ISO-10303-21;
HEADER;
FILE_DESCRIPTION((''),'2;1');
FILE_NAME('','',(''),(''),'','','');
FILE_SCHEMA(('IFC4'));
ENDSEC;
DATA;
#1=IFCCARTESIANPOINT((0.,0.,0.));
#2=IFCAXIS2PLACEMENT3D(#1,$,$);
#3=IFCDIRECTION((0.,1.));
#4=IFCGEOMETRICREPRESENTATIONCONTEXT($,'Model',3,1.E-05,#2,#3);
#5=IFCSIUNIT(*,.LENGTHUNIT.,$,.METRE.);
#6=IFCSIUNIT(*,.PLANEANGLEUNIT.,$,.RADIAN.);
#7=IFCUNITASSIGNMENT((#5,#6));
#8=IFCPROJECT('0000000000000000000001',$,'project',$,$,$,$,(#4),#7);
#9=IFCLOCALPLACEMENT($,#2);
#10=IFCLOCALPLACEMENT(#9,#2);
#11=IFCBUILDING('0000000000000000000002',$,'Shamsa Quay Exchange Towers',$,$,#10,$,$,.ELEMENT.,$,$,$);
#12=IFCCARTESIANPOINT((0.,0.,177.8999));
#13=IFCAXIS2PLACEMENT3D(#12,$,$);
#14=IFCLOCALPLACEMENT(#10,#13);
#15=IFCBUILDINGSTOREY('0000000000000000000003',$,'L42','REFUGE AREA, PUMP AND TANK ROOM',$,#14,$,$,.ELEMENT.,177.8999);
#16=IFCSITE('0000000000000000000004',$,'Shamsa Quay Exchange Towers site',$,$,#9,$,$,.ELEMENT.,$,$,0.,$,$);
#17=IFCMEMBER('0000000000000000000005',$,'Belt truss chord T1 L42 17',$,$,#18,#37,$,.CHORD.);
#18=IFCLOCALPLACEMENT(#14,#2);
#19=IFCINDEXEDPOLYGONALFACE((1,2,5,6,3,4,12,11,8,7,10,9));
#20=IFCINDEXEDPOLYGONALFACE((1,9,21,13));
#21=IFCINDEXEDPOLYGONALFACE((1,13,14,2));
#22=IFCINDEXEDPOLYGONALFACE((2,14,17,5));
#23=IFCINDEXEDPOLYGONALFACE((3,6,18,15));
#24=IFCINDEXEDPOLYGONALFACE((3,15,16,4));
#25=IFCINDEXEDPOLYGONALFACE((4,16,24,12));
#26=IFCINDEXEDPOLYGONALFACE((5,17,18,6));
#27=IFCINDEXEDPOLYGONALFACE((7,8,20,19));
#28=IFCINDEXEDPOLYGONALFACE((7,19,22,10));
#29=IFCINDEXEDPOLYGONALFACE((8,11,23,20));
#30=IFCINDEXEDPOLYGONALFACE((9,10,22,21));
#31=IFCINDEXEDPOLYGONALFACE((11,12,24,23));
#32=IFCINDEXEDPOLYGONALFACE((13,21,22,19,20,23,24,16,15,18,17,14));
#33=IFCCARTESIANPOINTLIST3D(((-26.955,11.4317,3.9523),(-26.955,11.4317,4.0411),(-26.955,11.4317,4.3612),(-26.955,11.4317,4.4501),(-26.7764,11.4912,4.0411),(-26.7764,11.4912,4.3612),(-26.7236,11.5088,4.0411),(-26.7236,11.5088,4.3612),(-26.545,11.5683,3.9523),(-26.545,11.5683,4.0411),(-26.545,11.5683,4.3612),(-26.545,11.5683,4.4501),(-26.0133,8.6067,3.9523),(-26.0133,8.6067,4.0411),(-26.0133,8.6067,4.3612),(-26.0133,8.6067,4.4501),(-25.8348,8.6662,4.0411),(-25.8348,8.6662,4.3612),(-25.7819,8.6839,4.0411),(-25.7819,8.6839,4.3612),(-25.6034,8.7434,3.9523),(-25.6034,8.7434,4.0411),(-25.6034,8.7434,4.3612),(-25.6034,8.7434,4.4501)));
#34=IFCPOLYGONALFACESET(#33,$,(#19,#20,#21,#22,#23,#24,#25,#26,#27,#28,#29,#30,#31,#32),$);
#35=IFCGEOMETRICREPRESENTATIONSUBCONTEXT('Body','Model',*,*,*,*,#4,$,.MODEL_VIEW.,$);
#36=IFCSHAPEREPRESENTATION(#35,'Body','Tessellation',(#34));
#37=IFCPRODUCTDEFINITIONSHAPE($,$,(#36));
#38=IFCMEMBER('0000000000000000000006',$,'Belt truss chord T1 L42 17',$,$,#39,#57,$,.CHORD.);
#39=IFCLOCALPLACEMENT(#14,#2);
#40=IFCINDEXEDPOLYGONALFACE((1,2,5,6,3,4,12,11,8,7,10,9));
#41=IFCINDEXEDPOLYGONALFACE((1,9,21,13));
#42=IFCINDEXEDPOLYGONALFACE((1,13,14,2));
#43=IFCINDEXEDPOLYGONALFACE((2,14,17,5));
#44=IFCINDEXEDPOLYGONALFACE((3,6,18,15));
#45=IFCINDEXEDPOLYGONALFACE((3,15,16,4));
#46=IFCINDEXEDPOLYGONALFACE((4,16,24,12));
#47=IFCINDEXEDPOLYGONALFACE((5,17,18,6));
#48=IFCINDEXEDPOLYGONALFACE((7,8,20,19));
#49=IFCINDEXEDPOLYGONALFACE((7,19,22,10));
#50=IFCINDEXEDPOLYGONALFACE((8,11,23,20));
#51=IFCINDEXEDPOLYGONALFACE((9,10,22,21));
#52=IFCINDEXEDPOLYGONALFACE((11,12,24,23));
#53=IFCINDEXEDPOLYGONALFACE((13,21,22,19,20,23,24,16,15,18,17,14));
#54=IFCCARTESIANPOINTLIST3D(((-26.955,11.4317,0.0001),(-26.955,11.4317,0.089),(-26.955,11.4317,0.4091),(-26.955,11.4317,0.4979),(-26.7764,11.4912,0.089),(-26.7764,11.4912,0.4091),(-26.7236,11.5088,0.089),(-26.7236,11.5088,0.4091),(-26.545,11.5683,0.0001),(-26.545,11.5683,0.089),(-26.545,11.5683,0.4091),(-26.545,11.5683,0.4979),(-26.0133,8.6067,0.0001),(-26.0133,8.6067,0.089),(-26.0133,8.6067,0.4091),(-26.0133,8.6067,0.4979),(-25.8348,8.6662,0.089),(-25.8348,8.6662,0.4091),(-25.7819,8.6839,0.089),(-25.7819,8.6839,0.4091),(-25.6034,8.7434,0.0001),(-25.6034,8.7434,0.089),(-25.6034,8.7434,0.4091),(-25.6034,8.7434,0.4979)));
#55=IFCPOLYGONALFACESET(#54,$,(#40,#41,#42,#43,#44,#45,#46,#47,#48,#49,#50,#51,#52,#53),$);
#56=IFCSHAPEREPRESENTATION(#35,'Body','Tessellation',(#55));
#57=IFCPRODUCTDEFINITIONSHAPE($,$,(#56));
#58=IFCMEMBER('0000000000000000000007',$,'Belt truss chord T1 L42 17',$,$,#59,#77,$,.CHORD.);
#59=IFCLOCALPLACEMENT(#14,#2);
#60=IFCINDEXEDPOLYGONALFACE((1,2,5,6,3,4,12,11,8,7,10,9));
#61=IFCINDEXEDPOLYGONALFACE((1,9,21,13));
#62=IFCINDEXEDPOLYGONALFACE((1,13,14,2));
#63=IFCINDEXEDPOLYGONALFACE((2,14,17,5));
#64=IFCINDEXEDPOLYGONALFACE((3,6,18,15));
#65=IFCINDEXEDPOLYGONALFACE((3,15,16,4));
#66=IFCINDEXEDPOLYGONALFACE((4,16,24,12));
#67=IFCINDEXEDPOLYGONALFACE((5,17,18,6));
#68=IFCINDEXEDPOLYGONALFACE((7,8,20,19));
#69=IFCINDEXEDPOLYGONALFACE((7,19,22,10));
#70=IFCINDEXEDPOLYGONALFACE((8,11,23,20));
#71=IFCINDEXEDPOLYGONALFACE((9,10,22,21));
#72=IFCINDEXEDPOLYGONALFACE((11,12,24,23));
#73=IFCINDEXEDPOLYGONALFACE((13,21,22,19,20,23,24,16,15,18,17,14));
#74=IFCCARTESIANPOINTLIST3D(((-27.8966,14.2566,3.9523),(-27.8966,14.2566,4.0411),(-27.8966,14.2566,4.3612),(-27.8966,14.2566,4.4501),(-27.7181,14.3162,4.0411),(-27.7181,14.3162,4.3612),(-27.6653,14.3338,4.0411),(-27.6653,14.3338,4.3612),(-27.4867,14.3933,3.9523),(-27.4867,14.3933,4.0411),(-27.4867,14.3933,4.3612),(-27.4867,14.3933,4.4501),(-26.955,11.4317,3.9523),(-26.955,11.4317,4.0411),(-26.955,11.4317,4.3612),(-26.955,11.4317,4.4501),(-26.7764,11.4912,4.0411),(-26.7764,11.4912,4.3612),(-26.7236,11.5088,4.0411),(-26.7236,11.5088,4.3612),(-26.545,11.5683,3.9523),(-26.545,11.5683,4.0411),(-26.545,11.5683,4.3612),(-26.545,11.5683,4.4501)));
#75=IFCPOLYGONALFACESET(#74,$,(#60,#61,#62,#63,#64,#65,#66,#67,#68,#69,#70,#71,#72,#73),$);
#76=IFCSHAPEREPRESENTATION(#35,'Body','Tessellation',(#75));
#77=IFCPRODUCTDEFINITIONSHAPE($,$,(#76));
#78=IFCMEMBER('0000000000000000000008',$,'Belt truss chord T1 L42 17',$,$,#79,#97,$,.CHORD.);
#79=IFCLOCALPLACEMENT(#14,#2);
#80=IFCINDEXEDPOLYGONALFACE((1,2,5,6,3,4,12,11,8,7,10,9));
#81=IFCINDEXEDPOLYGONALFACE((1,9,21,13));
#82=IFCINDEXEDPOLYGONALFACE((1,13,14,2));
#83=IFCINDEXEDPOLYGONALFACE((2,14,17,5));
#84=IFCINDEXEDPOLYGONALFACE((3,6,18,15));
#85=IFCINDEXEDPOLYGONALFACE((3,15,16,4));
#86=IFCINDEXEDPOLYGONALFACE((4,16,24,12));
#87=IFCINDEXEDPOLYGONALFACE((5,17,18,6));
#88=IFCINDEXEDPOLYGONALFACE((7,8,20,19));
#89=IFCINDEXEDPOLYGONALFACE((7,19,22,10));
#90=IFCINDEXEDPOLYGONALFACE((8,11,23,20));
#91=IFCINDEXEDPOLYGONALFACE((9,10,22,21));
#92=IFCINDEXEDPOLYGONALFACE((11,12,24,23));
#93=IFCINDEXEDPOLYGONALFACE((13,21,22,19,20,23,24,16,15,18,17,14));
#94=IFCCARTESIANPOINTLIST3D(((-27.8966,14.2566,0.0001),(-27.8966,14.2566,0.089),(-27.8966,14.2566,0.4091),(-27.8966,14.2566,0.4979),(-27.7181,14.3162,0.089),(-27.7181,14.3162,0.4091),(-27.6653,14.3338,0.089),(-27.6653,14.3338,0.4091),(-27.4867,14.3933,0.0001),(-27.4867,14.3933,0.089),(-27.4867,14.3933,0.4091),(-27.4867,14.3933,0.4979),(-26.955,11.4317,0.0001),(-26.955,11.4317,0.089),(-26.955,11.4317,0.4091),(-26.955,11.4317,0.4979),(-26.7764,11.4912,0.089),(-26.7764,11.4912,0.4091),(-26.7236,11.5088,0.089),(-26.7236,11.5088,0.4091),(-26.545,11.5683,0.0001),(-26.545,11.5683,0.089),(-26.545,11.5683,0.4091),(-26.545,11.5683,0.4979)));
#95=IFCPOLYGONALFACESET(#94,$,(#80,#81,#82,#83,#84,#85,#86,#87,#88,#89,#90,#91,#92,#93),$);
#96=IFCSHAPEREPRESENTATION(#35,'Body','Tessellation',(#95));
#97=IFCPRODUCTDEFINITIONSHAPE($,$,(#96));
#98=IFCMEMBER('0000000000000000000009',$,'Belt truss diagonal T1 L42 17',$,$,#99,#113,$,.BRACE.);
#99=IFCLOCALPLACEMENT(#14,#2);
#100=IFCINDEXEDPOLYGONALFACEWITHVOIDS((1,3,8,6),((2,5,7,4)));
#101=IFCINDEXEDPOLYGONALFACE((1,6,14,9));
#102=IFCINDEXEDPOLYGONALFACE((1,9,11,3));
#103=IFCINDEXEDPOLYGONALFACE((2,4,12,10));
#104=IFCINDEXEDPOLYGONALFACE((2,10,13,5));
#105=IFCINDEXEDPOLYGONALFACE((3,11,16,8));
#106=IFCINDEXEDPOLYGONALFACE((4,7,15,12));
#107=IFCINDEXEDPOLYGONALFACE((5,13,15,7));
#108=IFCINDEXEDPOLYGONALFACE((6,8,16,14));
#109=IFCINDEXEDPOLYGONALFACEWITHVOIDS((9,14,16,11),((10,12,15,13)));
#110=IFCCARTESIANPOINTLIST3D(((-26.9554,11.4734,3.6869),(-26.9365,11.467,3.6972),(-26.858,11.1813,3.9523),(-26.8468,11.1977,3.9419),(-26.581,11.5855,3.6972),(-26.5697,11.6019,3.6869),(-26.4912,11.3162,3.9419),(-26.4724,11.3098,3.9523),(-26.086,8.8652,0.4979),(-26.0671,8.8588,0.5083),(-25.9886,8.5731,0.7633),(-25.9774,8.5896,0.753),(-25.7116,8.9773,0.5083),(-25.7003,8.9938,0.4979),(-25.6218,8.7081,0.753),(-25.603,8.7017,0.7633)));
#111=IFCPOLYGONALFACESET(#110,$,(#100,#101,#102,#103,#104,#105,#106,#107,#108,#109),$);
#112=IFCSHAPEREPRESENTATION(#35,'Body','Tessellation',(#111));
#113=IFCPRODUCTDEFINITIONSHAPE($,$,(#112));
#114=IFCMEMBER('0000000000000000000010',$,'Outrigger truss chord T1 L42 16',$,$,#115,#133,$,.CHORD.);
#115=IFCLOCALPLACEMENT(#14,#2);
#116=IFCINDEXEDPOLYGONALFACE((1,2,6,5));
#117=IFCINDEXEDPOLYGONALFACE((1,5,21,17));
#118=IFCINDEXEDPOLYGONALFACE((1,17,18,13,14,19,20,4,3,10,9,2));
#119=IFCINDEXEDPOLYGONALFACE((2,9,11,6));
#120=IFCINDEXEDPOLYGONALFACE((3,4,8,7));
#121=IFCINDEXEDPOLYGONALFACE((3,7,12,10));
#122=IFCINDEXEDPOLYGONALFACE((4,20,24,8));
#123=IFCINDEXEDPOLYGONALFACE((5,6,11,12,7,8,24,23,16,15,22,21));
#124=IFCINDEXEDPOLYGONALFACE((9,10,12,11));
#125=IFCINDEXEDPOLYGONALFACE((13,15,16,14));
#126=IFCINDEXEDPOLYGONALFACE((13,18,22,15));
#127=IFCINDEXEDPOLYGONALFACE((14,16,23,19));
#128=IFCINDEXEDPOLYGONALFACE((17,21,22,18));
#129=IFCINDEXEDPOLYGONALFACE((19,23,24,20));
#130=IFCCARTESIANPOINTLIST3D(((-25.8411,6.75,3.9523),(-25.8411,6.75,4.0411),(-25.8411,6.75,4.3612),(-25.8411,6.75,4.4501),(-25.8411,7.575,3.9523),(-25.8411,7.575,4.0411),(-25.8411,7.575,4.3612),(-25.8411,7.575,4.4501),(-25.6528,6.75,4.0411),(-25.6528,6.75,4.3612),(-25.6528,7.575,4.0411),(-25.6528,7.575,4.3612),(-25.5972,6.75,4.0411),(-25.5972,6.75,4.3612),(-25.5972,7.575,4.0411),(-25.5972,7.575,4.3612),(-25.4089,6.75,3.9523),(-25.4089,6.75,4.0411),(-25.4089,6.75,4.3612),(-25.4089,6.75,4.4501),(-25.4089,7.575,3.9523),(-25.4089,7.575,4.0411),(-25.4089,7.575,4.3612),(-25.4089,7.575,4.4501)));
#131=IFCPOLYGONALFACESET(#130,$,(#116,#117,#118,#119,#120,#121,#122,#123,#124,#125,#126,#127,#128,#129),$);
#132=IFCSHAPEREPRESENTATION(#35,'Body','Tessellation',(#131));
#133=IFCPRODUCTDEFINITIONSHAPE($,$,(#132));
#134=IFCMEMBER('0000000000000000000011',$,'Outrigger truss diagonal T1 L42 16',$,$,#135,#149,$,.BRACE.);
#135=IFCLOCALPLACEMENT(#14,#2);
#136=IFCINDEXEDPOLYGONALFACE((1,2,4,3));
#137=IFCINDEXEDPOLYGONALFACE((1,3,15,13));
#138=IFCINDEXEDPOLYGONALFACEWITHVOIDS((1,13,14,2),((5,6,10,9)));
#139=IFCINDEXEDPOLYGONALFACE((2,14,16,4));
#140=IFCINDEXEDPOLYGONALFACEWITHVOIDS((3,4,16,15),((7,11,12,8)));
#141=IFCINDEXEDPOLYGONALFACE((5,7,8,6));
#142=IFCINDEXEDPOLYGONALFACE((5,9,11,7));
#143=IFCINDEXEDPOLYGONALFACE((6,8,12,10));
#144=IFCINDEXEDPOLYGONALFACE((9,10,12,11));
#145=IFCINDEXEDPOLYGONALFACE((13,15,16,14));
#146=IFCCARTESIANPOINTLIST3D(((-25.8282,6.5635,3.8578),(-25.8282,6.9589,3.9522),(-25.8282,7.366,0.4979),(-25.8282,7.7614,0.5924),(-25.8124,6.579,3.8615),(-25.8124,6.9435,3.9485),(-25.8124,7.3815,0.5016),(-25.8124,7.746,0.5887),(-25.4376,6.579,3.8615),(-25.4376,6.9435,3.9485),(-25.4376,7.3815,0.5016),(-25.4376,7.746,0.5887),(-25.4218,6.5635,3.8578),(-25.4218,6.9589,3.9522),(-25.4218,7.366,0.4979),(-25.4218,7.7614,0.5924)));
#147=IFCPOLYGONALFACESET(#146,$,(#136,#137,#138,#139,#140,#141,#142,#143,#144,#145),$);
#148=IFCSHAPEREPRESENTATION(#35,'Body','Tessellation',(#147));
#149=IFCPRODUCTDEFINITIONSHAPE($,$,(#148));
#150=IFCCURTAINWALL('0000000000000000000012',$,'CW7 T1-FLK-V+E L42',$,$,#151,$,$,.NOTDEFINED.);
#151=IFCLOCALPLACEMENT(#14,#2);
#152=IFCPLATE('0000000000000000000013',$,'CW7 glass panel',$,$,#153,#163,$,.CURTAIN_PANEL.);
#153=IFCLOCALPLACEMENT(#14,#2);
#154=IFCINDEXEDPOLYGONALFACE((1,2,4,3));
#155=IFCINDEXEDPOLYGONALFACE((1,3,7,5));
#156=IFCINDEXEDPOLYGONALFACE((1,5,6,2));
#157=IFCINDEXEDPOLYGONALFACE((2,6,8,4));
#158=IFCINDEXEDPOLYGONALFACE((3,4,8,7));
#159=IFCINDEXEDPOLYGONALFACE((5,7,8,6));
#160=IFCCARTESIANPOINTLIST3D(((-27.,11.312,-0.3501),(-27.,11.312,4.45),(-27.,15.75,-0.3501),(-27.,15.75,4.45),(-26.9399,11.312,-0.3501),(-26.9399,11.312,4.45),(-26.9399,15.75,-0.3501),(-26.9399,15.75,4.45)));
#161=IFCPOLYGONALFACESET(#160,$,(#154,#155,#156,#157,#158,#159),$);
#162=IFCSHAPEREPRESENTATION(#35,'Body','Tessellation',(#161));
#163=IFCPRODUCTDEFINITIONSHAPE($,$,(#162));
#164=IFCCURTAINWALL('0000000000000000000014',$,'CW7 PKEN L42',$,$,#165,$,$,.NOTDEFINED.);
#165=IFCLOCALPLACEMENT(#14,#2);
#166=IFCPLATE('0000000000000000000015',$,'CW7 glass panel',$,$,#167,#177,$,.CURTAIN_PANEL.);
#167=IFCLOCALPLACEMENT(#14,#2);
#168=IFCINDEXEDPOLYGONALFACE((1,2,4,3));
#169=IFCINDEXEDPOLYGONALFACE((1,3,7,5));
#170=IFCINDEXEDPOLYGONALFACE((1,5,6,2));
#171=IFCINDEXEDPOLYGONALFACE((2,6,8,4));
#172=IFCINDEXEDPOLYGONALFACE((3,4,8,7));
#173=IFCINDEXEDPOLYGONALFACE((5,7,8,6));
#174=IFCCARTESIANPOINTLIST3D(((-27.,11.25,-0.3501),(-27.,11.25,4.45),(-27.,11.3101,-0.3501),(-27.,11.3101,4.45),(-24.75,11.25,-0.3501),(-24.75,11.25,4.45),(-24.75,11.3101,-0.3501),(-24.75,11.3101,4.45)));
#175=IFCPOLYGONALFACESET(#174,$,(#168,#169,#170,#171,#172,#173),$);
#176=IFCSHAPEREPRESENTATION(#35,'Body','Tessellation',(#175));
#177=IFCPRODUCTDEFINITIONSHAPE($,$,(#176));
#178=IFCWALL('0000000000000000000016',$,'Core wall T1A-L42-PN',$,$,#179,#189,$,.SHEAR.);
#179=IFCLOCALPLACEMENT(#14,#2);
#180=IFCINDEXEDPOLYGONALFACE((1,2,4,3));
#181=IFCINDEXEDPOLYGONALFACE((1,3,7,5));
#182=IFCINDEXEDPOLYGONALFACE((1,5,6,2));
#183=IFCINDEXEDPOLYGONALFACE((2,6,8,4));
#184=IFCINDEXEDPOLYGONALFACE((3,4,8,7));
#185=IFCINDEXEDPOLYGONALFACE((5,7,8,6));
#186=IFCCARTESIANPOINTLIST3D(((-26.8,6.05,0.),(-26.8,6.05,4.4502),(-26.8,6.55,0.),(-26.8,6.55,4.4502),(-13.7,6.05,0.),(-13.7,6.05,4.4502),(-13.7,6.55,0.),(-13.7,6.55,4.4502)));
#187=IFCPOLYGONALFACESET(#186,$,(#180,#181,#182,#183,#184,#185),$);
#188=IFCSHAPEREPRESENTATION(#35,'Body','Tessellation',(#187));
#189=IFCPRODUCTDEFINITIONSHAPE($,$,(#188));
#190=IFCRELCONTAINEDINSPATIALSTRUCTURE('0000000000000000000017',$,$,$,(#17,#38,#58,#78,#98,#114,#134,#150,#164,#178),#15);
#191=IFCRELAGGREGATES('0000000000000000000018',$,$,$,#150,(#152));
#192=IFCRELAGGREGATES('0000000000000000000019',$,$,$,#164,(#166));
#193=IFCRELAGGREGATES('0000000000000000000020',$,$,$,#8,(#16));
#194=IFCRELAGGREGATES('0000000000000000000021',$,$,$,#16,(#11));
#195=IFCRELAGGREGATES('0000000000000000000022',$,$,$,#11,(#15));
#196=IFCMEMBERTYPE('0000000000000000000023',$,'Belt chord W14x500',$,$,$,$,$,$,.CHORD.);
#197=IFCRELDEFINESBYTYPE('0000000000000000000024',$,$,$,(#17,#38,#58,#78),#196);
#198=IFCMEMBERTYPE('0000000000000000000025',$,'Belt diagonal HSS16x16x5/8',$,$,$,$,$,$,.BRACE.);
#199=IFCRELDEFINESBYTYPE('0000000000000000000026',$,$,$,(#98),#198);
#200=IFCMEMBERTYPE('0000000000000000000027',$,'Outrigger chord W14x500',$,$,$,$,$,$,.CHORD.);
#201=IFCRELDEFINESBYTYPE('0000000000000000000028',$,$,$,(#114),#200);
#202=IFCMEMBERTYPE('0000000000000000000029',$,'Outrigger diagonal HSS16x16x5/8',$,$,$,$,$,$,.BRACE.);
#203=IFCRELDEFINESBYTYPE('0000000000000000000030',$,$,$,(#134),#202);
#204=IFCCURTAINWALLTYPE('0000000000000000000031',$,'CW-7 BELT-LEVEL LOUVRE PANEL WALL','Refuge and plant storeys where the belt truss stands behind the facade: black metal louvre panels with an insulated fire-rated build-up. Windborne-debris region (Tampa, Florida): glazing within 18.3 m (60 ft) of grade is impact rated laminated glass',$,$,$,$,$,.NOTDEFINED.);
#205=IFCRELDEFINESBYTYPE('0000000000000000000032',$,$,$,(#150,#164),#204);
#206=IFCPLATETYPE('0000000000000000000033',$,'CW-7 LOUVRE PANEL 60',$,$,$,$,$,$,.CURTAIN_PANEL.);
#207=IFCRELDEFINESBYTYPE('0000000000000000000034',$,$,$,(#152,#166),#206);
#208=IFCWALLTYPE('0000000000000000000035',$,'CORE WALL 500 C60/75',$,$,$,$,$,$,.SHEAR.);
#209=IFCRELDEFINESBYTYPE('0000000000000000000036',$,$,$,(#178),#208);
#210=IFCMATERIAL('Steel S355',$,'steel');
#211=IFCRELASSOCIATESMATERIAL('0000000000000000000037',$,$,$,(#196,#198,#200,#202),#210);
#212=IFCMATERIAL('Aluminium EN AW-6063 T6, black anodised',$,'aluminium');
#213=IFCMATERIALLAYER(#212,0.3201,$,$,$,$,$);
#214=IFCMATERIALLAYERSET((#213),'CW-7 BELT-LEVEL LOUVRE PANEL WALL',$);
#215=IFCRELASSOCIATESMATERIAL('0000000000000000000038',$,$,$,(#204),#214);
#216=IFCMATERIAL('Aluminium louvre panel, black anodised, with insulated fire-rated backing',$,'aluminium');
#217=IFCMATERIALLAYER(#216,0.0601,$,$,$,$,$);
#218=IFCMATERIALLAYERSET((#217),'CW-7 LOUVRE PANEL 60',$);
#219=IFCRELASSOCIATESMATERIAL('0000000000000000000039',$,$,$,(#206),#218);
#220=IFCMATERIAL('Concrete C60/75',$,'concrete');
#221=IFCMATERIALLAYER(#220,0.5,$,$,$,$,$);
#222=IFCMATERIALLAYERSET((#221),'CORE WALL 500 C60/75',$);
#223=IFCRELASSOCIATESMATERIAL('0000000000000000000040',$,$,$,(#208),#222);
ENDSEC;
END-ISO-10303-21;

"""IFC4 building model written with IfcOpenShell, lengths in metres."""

from ifc_helpers import new_model, si_unit, direction, frame, frame_2d, origin, origin_2d, place, context, subcontext, project, spatial, rectangle, hollow_rectangle, i_section, extrude, material, layer, layer_set, material_profile, profile_set, type_object, element, aggregate, save


model = new_model("IFC4")

# Units and contexts
model_context = context("Model", 3, precision=1e-05, world=origin(), true_north=direction((0.0, 1.0)))
body_context = subcontext(model_context, "Body", "Model", "MODEL_VIEW")
ifc_project = project(units=[si_unit("LENGTHUNIT", "METRE"), si_unit("PLANEANGLEUNIT", "RADIAN")], contexts=[model_context])

# Site, building, storey
site_placement = place(None, origin())
site = spatial("IfcSite", under=ifc_project, at=site_placement, Name="Shamsa Quay Exchange Towers site", CompositionType="ELEMENT", RefElevation=0.0)
building_placement = place(site_placement, origin())
building = spatial("IfcBuilding", under=site, at=building_placement, Name="Shamsa Quay Exchange Towers", CompositionType="ELEMENT")
storey_placement = place(building_placement, frame((0.0, 0.0, 177.8999)))
storey = spatial("IfcBuildingStorey", under=building, at=storey_placement, Name="L42", Description="REFUGE AREA, PUMP AND TANK ROOM", CompositionType="ELEMENT", Elevation=177.8999)

# Members
ifc_material_1 = material(Name="Steel S355", Category="steel")
ifc_material_profile_1 = material_profile(ifc_material_1, i_section(OverallWidth=0.4321, OverallDepth=0.4978, WebThickness=0.0557, FlangeThickness=0.0889, at=origin_2d()), Name="W14x500")
ifc_profile_set_1 = profile_set([ifc_material_profile_1], Name="Steel S355")
member_type_1 = type_object("IfcMemberType", Name="Belt chord W14x500", PredefinedType="CHORD", material=ifc_profile_set_1)
for number, where, z_axis, x_axis, name in (
    (1, (-25.8083, 8.675, 4.2012), (-0.316228, 0.948683, 0.0), (-0.948683, -0.316228, 0.0), "Belt truss chord T1 L42 17"),
    (2, (-25.8083, 8.675, 0.249), (-0.316228, 0.948683, 0.0), (-0.948683, -0.316228, 0.0), "Belt truss chord T1 L42 17"),
    (3, (-26.75, 11.5, 4.2012), (-0.316228, 0.948683, 0.0), (-0.948683, -0.316228, 0.0), "Belt truss chord T1 L42 17"),
    (4, (-26.75, 11.5, 0.249), (-0.316228, 0.948683, 0.0), (-0.948683, -0.316228, 0.0), "Belt truss chord T1 L42 17"),
):
    element("IfcMember", number, at=place(storey_placement, frame(where, z_axis=z_axis, x_axis=x_axis)), inside=storey, type_object=member_type_1, Name=name, PredefinedType="CHORD", context=body_context, shape_type="SweptSolid", body=[
        extrude(i_section(OverallWidth=0.4321, OverallDepth=0.4978, WebThickness=0.0557, FlangeThickness=0.0889, at=origin_2d()), origin(), (0.0, 0.0, 1.0), 2.9778),
    ])
ifc_material_profile_2 = material_profile(ifc_material_1, hollow_rectangle(XDim=0.4065, YDim=0.4065, WallThickness=0.0159, at=origin_2d()), Name="HSS16x16x5/8")
ifc_profile_set_2 = profile_set([ifc_material_profile_2], Name="Steel S355")
member_type_2 = type_object("IfcMemberType", Name="Belt diagonal HSS16x16x5/8", PredefinedType="BRACE", material=ifc_profile_set_2)
member_1_placement = place(storey_placement, frame((-25.8445, 8.7834, 0.6306), z_axis=(-0.206483, 0.61945, 0.757395), x_axis=(-0.948683, -0.316228, 0.0)))
element("IfcMember", 5, at=member_1_placement, inside=storey, type_object=member_type_2, Name="Belt truss diagonal T1 L42 17", PredefinedType="BRACE", context=body_context, shape_type="SweptSolid", body=[
    extrude(hollow_rectangle(XDim=0.4065, YDim=0.4065, WallThickness=0.0159, at=origin_2d()), origin(), (0.0, 0.0, 1.0), 4.2104),
])
ifc_material_profile_3 = material_profile(ifc_material_1, i_section(OverallWidth=0.4321, OverallDepth=0.4978, WebThickness=0.0557, FlangeThickness=0.0889, at=origin_2d()), Name="W14x500")
ifc_profile_set_3 = profile_set([ifc_material_profile_3], Name="Steel S355")
member_type_3 = type_object("IfcMemberType", Name="Outrigger chord W14x500", PredefinedType="CHORD", material=ifc_profile_set_3)
member_2_placement = place(storey_placement, frame((-25.625, 7.575, 4.2012), z_axis=(0.0, -1.0, 0.0), x_axis=(1.0, 0.0, 0.0)))
element("IfcMember", 6, at=member_2_placement, inside=storey, type_object=member_type_3, Name="Outrigger truss chord T1 L42 16", PredefinedType="CHORD", context=body_context, shape_type="SweptSolid", body=[
    extrude(i_section(OverallWidth=0.4321, OverallDepth=0.4978, WebThickness=0.0557, FlangeThickness=0.0889, at=origin_2d()), origin(), (0.0, 0.0, 1.0), 0.825),
])
ifc_material_profile_4 = material_profile(ifc_material_1, hollow_rectangle(XDim=0.4065, YDim=0.4065, WallThickness=0.0159, at=origin_2d()), Name="HSS16x16x5/8")
ifc_profile_set_4 = profile_set([ifc_material_profile_4], Name="Steel S355")
member_type_4 = type_object("IfcMemberType", Name="Outrigger diagonal HSS16x16x5/8", PredefinedType="BRACE", material=ifc_profile_set_4)
member_3_placement = place(storey_placement, frame((-25.625, 7.5637, 0.5452), z_axis=(0.0, -0.232312, 0.972641), x_axis=(1.0, 0.0, 0.0)))
element("IfcMember", 7, at=member_3_placement, inside=storey, type_object=member_type_4, Name="Outrigger truss diagonal T1 L42 16", PredefinedType="BRACE", context=body_context, shape_type="SweptSolid", body=[
    extrude(hollow_rectangle(XDim=0.4065, YDim=0.4065, WallThickness=0.0159, at=origin_2d()), origin(), (0.0, 0.0, 1.0), 3.4543),
])

# Curtain walls, plates
ifc_material_2 = material(Name="Aluminium EN AW-6063 T6, black anodised", Category="aluminium")
ifc_layer_1 = layer(ifc_material_2, 0.3201)
ifc_layer_set_1 = layer_set([ifc_layer_1], Name="CW-7 BELT-LEVEL LOUVRE PANEL WALL")
curtain_wall_type = type_object("IfcCurtainWallType", Name="CW-7 BELT-LEVEL LOUVRE PANEL WALL", Description="Refuge and plant storeys where the belt truss stands behind the facade: black metal louvre panels with an insulated fire-rated build-up. Windborne-debris region (Tampa, Florida): glazing within 18.3 m (60 ft) of grade is impact rated laminated glass", PredefinedType="NOTDEFINED", material=ifc_layer_set_1)
curtain_wall_1_placement = place(storey_placement, origin())
curtain_wall_1 = element("IfcCurtainWall", 8, at=curtain_wall_1_placement, inside=storey, type_object=curtain_wall_type, Name="CW7 T1-FLK-V+E L42", PredefinedType="NOTDEFINED")
ifc_material_3 = material(Name="Aluminium louvre panel, black anodised, with insulated fire-rated backing", Category="aluminium")
ifc_layer_2 = layer(ifc_material_3, 0.0601)
ifc_layer_set_2 = layer_set([ifc_layer_2], Name="CW-7 LOUVRE PANEL 60")
plate_type = type_object("IfcPlateType", Name="CW-7 LOUVRE PANEL 60", PredefinedType="CURTAIN_PANEL", material=ifc_layer_set_2)
plate_1_placement = place(storey_placement, frame((-26.97, 13.531, -0.3501), z_axis=(0.0, 0.0, 1.0), x_axis=(0.0, 1.0, 0.0)))
plate_1 = element("IfcPlate", 9, at=plate_1_placement, type_object=plate_type, Name="CW7 glass panel", PredefinedType="CURTAIN_PANEL", context=body_context, shape_type="SweptSolid", body=[
    extrude(rectangle(XDim=4.438, YDim=0.0601, at=origin_2d()), origin(), (0.0, 0.0, 1.0), 4.8),
])
aggregate(curtain_wall_1, [plate_1])
curtain_wall_2_placement = place(storey_placement, origin())
curtain_wall_2 = element("IfcCurtainWall", 10, at=curtain_wall_2_placement, inside=storey, type_object=curtain_wall_type, Name="CW7 PKEN L42", PredefinedType="NOTDEFINED")
plate_2_placement = place(storey_placement, frame((-25.875, 11.28, -0.3501), z_axis=(0.0, 0.0, 1.0), x_axis=(-1.0, 0.0, 0.0)))
plate_2 = element("IfcPlate", 11, at=plate_2_placement, type_object=plate_type, Name="CW7 glass panel", PredefinedType="CURTAIN_PANEL", context=body_context, shape_type="SweptSolid", body=[
    extrude(rectangle(XDim=2.25, YDim=0.0601, at=origin_2d()), origin(), (0.0, 0.0, 1.0), 4.8),
])
aggregate(curtain_wall_2, [plate_2])

# Wall
ifc_material_4 = material(Name="Concrete C60/75", Category="concrete")
ifc_layer_3 = layer(ifc_material_4, 0.5)
ifc_layer_set_3 = layer_set([ifc_layer_3], Name="CORE WALL 500 C60/75")
wall_type_1 = type_object("IfcWallType", Name="CORE WALL 500 C60/75", PredefinedType="SHEAR", material=ifc_layer_set_3)
wall_1_placement = place(storey_placement, frame((-26.8, 6.3, 0.0)))
element("IfcWall", 12, at=wall_1_placement, inside=storey, type_object=wall_type_1, Name="Core wall T1A-L42-PN", PredefinedType="SHEAR", context=body_context, shape_type="SweptSolid", body=[
    extrude(rectangle(XDim=13.1001, YDim=0.5, at=frame_2d((6.55, 0.0))), origin(), (0.0, 0.0, 1.0), 4.4502),
])

save(model, "model.ifc")
